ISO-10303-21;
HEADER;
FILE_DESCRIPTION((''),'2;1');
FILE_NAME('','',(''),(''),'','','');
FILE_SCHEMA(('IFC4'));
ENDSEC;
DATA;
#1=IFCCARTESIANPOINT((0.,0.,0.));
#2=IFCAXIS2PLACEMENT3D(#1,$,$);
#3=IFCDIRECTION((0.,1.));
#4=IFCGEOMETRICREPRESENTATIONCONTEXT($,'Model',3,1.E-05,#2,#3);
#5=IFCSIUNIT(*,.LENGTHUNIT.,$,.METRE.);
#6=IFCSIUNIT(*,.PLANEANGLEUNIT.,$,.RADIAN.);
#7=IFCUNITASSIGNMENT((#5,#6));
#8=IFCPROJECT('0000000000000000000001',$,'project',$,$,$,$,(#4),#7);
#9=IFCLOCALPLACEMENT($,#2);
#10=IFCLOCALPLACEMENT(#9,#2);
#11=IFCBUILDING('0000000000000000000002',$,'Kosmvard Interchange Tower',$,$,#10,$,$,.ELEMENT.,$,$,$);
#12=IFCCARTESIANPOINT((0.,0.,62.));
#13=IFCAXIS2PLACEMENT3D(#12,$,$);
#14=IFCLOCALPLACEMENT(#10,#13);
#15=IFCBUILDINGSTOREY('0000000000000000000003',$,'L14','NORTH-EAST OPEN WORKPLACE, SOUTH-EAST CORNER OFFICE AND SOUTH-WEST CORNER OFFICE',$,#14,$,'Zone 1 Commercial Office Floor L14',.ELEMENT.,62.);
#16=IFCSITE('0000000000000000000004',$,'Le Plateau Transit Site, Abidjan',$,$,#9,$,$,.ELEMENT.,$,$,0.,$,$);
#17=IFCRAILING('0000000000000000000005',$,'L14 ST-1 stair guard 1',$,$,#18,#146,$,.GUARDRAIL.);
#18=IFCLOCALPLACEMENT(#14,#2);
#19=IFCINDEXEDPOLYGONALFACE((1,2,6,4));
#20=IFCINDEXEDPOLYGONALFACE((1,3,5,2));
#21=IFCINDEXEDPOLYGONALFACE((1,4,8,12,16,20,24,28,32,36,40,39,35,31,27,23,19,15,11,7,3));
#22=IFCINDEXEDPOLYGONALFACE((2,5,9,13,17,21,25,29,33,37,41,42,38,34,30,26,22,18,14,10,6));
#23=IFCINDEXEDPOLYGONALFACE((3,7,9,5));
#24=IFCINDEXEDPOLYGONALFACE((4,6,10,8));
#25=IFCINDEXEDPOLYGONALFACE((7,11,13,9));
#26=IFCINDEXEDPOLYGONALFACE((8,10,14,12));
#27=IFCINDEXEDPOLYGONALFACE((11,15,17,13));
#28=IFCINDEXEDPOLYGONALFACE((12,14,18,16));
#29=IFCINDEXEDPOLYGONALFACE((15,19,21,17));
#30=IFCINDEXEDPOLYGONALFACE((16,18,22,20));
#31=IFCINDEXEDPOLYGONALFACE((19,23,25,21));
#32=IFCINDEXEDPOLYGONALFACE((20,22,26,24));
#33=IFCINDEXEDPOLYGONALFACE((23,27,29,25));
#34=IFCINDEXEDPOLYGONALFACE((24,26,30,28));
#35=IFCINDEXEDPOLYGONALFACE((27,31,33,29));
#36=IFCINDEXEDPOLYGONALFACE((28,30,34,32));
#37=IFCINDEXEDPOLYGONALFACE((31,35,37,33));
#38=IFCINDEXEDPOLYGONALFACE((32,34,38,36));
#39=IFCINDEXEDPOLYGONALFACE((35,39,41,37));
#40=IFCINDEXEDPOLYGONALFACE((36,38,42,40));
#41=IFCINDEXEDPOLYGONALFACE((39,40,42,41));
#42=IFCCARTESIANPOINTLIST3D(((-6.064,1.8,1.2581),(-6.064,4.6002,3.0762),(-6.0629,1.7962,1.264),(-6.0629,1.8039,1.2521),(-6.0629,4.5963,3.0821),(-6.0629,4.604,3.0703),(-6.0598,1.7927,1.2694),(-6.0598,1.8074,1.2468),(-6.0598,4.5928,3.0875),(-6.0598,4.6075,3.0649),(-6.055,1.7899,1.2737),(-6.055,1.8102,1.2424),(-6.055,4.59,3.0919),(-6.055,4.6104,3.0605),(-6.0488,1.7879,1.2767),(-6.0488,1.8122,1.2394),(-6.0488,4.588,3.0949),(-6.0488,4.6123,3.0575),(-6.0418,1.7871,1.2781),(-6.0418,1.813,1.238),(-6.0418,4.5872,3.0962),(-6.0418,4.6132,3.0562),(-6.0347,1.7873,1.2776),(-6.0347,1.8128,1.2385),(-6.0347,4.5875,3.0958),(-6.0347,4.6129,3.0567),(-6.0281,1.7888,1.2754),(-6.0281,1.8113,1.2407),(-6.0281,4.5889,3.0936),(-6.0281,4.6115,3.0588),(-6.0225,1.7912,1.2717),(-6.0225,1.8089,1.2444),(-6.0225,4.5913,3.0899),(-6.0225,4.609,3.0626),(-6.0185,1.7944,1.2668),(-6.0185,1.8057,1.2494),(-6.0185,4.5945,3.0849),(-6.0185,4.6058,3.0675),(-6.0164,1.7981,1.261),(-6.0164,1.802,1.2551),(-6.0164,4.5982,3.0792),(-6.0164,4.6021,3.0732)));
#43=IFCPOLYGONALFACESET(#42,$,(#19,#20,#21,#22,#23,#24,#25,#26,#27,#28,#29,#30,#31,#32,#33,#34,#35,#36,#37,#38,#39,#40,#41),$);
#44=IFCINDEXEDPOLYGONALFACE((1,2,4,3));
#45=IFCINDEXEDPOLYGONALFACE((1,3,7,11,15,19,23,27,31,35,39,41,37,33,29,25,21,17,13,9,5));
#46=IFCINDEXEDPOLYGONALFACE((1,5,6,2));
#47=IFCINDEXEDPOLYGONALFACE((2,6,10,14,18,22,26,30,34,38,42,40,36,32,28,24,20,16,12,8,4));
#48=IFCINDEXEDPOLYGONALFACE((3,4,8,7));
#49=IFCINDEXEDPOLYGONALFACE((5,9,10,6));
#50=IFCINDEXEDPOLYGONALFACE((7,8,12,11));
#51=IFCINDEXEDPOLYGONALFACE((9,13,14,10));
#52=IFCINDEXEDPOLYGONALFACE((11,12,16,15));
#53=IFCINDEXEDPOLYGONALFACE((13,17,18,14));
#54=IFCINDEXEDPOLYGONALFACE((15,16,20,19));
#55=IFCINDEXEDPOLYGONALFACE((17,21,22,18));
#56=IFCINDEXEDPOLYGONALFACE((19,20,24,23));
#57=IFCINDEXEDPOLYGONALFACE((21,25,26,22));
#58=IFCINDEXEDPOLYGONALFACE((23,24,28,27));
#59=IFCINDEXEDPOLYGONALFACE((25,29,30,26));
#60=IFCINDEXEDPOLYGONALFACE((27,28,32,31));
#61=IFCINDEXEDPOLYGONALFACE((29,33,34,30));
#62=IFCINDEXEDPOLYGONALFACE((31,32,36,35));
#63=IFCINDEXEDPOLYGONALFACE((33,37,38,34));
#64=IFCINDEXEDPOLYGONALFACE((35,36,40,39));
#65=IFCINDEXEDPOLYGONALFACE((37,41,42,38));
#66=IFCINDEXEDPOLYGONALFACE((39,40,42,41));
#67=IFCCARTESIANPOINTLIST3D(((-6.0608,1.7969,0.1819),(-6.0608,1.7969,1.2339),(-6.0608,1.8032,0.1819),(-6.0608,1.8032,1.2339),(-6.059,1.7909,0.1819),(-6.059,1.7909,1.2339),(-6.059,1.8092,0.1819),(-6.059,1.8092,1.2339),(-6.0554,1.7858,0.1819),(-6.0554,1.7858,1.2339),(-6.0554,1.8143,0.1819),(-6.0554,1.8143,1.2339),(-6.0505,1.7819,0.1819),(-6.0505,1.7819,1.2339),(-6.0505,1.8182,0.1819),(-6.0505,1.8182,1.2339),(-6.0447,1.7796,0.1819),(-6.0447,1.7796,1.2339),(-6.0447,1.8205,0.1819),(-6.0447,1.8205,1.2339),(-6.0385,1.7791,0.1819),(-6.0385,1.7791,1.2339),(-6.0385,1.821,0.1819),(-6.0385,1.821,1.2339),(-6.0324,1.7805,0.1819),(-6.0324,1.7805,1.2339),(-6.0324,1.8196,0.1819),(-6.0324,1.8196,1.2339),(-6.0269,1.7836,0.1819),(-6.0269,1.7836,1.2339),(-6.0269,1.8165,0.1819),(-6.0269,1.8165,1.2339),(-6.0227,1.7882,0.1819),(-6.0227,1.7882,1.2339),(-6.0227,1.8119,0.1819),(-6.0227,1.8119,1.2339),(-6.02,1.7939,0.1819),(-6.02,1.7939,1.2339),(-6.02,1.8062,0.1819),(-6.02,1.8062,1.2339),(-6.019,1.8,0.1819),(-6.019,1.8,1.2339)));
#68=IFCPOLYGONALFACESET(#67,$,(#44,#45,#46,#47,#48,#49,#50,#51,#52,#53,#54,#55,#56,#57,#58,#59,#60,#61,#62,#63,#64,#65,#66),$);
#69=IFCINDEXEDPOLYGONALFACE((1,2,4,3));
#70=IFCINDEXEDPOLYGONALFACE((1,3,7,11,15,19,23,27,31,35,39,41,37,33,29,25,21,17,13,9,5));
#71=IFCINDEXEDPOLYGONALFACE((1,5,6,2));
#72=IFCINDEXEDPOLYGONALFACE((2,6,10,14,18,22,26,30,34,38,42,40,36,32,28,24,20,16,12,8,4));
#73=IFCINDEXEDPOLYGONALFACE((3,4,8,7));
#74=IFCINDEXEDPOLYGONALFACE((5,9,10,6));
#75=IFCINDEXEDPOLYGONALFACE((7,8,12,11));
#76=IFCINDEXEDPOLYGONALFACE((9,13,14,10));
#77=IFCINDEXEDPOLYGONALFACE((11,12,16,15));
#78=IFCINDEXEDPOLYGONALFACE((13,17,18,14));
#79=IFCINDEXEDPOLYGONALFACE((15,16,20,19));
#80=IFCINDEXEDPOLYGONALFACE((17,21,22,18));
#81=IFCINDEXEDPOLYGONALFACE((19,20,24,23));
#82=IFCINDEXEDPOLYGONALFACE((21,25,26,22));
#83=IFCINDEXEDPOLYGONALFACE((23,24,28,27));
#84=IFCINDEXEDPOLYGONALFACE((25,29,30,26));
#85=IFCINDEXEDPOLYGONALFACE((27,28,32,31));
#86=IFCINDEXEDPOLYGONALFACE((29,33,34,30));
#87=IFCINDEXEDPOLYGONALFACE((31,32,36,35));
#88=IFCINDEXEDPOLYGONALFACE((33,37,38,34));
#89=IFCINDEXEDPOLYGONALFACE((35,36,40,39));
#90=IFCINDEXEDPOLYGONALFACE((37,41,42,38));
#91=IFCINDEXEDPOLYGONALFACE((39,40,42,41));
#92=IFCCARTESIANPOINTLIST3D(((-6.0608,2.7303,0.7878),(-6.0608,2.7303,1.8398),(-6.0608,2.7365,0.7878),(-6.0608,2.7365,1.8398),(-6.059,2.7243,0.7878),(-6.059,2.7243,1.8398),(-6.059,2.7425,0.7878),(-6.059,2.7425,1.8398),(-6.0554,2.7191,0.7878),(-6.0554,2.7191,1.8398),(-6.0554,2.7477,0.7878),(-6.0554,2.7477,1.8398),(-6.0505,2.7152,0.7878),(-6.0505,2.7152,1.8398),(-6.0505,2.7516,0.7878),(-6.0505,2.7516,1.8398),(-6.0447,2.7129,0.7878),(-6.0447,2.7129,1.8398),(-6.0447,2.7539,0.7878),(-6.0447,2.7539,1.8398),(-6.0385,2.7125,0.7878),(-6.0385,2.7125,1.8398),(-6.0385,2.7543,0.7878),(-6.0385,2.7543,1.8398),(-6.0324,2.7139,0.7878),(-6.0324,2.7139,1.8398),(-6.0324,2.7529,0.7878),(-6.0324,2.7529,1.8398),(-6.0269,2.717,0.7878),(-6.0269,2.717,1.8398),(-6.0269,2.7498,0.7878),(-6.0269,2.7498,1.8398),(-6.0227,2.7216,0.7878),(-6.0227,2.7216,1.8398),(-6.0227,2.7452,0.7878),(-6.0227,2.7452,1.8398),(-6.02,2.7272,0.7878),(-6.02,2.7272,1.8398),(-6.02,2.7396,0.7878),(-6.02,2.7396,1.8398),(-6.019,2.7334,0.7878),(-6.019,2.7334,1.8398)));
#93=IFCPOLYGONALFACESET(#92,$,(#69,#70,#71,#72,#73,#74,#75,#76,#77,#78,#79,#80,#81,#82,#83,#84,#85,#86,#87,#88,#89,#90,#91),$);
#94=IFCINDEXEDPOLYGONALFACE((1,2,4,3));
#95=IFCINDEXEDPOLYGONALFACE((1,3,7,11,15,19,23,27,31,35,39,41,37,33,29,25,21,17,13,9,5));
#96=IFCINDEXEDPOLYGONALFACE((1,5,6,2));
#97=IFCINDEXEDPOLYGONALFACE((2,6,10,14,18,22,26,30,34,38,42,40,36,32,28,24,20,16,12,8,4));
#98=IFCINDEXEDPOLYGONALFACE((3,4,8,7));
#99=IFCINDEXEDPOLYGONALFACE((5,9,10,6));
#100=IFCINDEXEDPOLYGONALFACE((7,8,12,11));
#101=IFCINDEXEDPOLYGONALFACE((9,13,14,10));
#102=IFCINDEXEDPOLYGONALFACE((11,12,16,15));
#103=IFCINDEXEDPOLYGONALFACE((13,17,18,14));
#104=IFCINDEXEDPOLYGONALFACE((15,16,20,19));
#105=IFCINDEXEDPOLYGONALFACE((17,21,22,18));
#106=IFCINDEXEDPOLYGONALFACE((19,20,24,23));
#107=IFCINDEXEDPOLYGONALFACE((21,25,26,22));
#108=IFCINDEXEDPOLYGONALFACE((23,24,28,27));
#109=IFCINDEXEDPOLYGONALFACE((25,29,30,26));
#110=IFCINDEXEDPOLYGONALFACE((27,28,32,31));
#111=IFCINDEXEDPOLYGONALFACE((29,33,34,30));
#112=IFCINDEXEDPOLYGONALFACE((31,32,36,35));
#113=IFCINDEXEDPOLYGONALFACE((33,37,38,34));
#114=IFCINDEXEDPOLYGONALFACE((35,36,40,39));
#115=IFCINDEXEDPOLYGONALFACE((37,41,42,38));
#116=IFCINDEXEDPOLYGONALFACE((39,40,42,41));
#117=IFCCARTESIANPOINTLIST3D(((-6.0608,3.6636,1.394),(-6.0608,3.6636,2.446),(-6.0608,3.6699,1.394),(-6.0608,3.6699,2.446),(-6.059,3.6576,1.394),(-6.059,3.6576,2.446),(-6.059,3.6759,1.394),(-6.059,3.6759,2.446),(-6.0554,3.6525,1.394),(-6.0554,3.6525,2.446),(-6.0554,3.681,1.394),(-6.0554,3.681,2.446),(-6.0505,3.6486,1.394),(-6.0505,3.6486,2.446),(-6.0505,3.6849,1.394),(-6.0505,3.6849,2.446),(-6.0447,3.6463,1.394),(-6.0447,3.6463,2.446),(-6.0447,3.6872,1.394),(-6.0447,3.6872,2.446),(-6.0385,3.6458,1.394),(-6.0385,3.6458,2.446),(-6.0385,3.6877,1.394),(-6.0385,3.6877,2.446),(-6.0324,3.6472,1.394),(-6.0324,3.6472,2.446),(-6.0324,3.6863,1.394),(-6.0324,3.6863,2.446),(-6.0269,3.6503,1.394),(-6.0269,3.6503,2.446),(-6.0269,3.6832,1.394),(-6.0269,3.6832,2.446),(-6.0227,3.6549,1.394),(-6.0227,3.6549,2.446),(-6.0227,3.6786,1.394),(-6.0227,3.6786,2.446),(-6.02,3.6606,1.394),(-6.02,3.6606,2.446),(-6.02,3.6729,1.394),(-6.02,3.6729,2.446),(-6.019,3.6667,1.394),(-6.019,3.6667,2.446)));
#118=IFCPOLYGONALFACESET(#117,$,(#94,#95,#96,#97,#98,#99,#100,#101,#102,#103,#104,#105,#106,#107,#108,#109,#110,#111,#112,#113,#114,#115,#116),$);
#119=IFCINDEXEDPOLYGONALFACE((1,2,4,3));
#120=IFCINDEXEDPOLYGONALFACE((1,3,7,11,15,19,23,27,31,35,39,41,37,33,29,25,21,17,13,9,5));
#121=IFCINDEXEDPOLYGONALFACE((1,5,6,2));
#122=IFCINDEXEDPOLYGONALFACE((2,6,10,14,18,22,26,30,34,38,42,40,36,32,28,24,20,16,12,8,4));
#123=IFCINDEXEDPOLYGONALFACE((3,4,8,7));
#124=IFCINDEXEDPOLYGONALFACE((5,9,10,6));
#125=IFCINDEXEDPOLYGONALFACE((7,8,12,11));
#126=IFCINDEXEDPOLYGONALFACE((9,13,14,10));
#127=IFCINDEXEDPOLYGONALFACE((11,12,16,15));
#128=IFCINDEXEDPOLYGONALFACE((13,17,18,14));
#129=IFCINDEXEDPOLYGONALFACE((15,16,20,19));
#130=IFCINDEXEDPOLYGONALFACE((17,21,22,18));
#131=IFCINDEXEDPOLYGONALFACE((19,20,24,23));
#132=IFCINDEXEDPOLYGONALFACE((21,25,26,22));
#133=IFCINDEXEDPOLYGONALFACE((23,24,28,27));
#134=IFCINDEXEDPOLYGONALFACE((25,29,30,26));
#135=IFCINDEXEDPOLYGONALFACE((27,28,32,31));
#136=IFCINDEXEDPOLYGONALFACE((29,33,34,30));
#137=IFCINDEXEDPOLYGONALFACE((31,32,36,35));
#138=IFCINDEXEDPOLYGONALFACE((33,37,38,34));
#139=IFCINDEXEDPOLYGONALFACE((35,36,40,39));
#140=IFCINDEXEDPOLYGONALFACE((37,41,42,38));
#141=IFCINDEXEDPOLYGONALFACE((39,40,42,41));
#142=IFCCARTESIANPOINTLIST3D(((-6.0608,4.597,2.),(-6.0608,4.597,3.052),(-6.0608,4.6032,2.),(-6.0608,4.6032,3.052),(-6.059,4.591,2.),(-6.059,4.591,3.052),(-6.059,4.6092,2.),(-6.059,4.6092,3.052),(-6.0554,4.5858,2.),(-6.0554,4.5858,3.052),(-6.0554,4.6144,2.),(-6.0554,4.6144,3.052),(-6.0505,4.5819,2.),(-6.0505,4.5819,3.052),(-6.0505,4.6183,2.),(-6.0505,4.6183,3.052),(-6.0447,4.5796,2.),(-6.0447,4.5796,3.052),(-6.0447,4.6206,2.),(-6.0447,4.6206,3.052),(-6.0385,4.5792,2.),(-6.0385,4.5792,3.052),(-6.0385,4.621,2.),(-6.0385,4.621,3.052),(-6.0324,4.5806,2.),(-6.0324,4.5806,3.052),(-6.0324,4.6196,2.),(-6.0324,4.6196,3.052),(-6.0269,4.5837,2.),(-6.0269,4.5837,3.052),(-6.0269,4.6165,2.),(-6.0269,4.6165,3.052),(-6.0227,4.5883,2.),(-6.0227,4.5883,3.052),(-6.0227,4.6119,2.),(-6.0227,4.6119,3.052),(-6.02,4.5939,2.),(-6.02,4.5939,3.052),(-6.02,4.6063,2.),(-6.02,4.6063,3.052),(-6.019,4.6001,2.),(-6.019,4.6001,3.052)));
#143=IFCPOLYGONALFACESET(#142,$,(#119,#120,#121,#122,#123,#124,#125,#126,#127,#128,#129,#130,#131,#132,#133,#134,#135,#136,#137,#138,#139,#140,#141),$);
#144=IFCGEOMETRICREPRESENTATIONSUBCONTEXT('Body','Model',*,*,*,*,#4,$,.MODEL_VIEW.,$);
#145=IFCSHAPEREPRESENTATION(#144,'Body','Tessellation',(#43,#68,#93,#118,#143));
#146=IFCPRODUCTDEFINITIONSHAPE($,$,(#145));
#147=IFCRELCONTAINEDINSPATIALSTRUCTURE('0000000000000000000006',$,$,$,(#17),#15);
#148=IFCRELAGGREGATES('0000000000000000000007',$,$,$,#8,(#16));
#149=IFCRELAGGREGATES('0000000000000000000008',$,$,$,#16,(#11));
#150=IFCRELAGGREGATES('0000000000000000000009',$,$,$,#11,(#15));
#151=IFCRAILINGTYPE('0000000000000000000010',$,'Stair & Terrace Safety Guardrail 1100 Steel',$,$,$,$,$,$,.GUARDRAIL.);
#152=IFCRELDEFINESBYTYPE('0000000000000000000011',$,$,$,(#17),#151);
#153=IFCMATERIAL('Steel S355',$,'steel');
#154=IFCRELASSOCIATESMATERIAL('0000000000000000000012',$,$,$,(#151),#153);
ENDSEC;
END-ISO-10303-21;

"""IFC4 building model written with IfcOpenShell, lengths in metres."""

from ifc_helpers import new_model, si_unit, direction, frame, origin, origin_2d, place, context, subcontext, project, spatial, circle, extrude, source, transform, mapped, material, type_object, element, save


model = new_model("IFC4")

# Units and contexts
model_context = context("Model", 3, precision=1e-05, world=origin(), true_north=direction((0.0, 1.0)))
body_context = subcontext(model_context, "Body", "Model", "MODEL_VIEW")
ifc_project = project(units=[si_unit("LENGTHUNIT", "METRE"), si_unit("PLANEANGLEUNIT", "RADIAN")], contexts=[model_context])

# Site, building, storey
site_placement = place(None, origin())
site = spatial("IfcSite", under=ifc_project, at=site_placement, Name="Le Plateau Transit Site, Abidjan", CompositionType="ELEMENT", RefElevation=0.0)
building_placement = place(site_placement, origin())
building = spatial("IfcBuilding", under=site, at=building_placement, Name="Kosmvard Interchange Tower", CompositionType="ELEMENT")
storey_placement = place(building_placement, frame((0.0, 0.0, 62.0)))
storey = spatial("IfcBuildingStorey", under=building, at=storey_placement, Name="L14", Description="NORTH-EAST OPEN WORKPLACE, SOUTH-EAST CORNER OFFICE AND SOUTH-WEST CORNER OFFICE", LongName="Zone 1 Commercial Office Floor L14", CompositionType="ELEMENT", Elevation=62.0)

# Railing
ifc_material_1 = material(Name="Steel S355", Category="steel")
railing_type_1 = type_object("IfcRailingType", Name="Stair & Terrace Safety Guardrail 1100 Steel", PredefinedType="GUARDRAIL", material=ifc_material_1)
shared_shape_1 = source(origin(), body_context, "Body", "SweptSolid", [
    extrude(circle(Radius=0.0239, at=origin_2d()), frame((0.0, 0.0, 1.0762), z_axis=(0.0, 0.838706, 0.544585), x_axis=(-1.0, 0.0, 0.0)), (0.0, 0.0, 1.0), 3.3386),
    extrude(circle(Radius=0.021, at=origin_2d()), origin(), (0.0, 0.0, 1.0), 1.052),
    extrude(circle(Radius=0.021, at=origin_2d()), frame((0.0, 0.9333, 0.606)), (0.0, 0.0, 1.0), 1.052),
    extrude(circle(Radius=0.021, at=origin_2d()), frame((0.0, 1.8667, 1.2122)), (0.0, 0.0, 1.0), 1.052),
    extrude(circle(Radius=0.021, at=origin_2d()), frame((0.0, 2.8, 1.8181)), (0.0, 0.0, 1.0), 1.052),
])
railing_1_placement = place(storey_placement, frame((-6.04, 1.8, 0.1819)))
element("IfcRailing", 1, at=railing_1_placement, inside=storey, type_object=railing_type_1, Name="L14 ST-1 stair guard 1", PredefinedType="GUARDRAIL", context=body_context, shape_type="MappedRepresentation", body=[
    mapped(shared_shape_1, transform((0.0, 0.0, 0.0), scale=1.0)),
])

save(model, "model.ifc")
